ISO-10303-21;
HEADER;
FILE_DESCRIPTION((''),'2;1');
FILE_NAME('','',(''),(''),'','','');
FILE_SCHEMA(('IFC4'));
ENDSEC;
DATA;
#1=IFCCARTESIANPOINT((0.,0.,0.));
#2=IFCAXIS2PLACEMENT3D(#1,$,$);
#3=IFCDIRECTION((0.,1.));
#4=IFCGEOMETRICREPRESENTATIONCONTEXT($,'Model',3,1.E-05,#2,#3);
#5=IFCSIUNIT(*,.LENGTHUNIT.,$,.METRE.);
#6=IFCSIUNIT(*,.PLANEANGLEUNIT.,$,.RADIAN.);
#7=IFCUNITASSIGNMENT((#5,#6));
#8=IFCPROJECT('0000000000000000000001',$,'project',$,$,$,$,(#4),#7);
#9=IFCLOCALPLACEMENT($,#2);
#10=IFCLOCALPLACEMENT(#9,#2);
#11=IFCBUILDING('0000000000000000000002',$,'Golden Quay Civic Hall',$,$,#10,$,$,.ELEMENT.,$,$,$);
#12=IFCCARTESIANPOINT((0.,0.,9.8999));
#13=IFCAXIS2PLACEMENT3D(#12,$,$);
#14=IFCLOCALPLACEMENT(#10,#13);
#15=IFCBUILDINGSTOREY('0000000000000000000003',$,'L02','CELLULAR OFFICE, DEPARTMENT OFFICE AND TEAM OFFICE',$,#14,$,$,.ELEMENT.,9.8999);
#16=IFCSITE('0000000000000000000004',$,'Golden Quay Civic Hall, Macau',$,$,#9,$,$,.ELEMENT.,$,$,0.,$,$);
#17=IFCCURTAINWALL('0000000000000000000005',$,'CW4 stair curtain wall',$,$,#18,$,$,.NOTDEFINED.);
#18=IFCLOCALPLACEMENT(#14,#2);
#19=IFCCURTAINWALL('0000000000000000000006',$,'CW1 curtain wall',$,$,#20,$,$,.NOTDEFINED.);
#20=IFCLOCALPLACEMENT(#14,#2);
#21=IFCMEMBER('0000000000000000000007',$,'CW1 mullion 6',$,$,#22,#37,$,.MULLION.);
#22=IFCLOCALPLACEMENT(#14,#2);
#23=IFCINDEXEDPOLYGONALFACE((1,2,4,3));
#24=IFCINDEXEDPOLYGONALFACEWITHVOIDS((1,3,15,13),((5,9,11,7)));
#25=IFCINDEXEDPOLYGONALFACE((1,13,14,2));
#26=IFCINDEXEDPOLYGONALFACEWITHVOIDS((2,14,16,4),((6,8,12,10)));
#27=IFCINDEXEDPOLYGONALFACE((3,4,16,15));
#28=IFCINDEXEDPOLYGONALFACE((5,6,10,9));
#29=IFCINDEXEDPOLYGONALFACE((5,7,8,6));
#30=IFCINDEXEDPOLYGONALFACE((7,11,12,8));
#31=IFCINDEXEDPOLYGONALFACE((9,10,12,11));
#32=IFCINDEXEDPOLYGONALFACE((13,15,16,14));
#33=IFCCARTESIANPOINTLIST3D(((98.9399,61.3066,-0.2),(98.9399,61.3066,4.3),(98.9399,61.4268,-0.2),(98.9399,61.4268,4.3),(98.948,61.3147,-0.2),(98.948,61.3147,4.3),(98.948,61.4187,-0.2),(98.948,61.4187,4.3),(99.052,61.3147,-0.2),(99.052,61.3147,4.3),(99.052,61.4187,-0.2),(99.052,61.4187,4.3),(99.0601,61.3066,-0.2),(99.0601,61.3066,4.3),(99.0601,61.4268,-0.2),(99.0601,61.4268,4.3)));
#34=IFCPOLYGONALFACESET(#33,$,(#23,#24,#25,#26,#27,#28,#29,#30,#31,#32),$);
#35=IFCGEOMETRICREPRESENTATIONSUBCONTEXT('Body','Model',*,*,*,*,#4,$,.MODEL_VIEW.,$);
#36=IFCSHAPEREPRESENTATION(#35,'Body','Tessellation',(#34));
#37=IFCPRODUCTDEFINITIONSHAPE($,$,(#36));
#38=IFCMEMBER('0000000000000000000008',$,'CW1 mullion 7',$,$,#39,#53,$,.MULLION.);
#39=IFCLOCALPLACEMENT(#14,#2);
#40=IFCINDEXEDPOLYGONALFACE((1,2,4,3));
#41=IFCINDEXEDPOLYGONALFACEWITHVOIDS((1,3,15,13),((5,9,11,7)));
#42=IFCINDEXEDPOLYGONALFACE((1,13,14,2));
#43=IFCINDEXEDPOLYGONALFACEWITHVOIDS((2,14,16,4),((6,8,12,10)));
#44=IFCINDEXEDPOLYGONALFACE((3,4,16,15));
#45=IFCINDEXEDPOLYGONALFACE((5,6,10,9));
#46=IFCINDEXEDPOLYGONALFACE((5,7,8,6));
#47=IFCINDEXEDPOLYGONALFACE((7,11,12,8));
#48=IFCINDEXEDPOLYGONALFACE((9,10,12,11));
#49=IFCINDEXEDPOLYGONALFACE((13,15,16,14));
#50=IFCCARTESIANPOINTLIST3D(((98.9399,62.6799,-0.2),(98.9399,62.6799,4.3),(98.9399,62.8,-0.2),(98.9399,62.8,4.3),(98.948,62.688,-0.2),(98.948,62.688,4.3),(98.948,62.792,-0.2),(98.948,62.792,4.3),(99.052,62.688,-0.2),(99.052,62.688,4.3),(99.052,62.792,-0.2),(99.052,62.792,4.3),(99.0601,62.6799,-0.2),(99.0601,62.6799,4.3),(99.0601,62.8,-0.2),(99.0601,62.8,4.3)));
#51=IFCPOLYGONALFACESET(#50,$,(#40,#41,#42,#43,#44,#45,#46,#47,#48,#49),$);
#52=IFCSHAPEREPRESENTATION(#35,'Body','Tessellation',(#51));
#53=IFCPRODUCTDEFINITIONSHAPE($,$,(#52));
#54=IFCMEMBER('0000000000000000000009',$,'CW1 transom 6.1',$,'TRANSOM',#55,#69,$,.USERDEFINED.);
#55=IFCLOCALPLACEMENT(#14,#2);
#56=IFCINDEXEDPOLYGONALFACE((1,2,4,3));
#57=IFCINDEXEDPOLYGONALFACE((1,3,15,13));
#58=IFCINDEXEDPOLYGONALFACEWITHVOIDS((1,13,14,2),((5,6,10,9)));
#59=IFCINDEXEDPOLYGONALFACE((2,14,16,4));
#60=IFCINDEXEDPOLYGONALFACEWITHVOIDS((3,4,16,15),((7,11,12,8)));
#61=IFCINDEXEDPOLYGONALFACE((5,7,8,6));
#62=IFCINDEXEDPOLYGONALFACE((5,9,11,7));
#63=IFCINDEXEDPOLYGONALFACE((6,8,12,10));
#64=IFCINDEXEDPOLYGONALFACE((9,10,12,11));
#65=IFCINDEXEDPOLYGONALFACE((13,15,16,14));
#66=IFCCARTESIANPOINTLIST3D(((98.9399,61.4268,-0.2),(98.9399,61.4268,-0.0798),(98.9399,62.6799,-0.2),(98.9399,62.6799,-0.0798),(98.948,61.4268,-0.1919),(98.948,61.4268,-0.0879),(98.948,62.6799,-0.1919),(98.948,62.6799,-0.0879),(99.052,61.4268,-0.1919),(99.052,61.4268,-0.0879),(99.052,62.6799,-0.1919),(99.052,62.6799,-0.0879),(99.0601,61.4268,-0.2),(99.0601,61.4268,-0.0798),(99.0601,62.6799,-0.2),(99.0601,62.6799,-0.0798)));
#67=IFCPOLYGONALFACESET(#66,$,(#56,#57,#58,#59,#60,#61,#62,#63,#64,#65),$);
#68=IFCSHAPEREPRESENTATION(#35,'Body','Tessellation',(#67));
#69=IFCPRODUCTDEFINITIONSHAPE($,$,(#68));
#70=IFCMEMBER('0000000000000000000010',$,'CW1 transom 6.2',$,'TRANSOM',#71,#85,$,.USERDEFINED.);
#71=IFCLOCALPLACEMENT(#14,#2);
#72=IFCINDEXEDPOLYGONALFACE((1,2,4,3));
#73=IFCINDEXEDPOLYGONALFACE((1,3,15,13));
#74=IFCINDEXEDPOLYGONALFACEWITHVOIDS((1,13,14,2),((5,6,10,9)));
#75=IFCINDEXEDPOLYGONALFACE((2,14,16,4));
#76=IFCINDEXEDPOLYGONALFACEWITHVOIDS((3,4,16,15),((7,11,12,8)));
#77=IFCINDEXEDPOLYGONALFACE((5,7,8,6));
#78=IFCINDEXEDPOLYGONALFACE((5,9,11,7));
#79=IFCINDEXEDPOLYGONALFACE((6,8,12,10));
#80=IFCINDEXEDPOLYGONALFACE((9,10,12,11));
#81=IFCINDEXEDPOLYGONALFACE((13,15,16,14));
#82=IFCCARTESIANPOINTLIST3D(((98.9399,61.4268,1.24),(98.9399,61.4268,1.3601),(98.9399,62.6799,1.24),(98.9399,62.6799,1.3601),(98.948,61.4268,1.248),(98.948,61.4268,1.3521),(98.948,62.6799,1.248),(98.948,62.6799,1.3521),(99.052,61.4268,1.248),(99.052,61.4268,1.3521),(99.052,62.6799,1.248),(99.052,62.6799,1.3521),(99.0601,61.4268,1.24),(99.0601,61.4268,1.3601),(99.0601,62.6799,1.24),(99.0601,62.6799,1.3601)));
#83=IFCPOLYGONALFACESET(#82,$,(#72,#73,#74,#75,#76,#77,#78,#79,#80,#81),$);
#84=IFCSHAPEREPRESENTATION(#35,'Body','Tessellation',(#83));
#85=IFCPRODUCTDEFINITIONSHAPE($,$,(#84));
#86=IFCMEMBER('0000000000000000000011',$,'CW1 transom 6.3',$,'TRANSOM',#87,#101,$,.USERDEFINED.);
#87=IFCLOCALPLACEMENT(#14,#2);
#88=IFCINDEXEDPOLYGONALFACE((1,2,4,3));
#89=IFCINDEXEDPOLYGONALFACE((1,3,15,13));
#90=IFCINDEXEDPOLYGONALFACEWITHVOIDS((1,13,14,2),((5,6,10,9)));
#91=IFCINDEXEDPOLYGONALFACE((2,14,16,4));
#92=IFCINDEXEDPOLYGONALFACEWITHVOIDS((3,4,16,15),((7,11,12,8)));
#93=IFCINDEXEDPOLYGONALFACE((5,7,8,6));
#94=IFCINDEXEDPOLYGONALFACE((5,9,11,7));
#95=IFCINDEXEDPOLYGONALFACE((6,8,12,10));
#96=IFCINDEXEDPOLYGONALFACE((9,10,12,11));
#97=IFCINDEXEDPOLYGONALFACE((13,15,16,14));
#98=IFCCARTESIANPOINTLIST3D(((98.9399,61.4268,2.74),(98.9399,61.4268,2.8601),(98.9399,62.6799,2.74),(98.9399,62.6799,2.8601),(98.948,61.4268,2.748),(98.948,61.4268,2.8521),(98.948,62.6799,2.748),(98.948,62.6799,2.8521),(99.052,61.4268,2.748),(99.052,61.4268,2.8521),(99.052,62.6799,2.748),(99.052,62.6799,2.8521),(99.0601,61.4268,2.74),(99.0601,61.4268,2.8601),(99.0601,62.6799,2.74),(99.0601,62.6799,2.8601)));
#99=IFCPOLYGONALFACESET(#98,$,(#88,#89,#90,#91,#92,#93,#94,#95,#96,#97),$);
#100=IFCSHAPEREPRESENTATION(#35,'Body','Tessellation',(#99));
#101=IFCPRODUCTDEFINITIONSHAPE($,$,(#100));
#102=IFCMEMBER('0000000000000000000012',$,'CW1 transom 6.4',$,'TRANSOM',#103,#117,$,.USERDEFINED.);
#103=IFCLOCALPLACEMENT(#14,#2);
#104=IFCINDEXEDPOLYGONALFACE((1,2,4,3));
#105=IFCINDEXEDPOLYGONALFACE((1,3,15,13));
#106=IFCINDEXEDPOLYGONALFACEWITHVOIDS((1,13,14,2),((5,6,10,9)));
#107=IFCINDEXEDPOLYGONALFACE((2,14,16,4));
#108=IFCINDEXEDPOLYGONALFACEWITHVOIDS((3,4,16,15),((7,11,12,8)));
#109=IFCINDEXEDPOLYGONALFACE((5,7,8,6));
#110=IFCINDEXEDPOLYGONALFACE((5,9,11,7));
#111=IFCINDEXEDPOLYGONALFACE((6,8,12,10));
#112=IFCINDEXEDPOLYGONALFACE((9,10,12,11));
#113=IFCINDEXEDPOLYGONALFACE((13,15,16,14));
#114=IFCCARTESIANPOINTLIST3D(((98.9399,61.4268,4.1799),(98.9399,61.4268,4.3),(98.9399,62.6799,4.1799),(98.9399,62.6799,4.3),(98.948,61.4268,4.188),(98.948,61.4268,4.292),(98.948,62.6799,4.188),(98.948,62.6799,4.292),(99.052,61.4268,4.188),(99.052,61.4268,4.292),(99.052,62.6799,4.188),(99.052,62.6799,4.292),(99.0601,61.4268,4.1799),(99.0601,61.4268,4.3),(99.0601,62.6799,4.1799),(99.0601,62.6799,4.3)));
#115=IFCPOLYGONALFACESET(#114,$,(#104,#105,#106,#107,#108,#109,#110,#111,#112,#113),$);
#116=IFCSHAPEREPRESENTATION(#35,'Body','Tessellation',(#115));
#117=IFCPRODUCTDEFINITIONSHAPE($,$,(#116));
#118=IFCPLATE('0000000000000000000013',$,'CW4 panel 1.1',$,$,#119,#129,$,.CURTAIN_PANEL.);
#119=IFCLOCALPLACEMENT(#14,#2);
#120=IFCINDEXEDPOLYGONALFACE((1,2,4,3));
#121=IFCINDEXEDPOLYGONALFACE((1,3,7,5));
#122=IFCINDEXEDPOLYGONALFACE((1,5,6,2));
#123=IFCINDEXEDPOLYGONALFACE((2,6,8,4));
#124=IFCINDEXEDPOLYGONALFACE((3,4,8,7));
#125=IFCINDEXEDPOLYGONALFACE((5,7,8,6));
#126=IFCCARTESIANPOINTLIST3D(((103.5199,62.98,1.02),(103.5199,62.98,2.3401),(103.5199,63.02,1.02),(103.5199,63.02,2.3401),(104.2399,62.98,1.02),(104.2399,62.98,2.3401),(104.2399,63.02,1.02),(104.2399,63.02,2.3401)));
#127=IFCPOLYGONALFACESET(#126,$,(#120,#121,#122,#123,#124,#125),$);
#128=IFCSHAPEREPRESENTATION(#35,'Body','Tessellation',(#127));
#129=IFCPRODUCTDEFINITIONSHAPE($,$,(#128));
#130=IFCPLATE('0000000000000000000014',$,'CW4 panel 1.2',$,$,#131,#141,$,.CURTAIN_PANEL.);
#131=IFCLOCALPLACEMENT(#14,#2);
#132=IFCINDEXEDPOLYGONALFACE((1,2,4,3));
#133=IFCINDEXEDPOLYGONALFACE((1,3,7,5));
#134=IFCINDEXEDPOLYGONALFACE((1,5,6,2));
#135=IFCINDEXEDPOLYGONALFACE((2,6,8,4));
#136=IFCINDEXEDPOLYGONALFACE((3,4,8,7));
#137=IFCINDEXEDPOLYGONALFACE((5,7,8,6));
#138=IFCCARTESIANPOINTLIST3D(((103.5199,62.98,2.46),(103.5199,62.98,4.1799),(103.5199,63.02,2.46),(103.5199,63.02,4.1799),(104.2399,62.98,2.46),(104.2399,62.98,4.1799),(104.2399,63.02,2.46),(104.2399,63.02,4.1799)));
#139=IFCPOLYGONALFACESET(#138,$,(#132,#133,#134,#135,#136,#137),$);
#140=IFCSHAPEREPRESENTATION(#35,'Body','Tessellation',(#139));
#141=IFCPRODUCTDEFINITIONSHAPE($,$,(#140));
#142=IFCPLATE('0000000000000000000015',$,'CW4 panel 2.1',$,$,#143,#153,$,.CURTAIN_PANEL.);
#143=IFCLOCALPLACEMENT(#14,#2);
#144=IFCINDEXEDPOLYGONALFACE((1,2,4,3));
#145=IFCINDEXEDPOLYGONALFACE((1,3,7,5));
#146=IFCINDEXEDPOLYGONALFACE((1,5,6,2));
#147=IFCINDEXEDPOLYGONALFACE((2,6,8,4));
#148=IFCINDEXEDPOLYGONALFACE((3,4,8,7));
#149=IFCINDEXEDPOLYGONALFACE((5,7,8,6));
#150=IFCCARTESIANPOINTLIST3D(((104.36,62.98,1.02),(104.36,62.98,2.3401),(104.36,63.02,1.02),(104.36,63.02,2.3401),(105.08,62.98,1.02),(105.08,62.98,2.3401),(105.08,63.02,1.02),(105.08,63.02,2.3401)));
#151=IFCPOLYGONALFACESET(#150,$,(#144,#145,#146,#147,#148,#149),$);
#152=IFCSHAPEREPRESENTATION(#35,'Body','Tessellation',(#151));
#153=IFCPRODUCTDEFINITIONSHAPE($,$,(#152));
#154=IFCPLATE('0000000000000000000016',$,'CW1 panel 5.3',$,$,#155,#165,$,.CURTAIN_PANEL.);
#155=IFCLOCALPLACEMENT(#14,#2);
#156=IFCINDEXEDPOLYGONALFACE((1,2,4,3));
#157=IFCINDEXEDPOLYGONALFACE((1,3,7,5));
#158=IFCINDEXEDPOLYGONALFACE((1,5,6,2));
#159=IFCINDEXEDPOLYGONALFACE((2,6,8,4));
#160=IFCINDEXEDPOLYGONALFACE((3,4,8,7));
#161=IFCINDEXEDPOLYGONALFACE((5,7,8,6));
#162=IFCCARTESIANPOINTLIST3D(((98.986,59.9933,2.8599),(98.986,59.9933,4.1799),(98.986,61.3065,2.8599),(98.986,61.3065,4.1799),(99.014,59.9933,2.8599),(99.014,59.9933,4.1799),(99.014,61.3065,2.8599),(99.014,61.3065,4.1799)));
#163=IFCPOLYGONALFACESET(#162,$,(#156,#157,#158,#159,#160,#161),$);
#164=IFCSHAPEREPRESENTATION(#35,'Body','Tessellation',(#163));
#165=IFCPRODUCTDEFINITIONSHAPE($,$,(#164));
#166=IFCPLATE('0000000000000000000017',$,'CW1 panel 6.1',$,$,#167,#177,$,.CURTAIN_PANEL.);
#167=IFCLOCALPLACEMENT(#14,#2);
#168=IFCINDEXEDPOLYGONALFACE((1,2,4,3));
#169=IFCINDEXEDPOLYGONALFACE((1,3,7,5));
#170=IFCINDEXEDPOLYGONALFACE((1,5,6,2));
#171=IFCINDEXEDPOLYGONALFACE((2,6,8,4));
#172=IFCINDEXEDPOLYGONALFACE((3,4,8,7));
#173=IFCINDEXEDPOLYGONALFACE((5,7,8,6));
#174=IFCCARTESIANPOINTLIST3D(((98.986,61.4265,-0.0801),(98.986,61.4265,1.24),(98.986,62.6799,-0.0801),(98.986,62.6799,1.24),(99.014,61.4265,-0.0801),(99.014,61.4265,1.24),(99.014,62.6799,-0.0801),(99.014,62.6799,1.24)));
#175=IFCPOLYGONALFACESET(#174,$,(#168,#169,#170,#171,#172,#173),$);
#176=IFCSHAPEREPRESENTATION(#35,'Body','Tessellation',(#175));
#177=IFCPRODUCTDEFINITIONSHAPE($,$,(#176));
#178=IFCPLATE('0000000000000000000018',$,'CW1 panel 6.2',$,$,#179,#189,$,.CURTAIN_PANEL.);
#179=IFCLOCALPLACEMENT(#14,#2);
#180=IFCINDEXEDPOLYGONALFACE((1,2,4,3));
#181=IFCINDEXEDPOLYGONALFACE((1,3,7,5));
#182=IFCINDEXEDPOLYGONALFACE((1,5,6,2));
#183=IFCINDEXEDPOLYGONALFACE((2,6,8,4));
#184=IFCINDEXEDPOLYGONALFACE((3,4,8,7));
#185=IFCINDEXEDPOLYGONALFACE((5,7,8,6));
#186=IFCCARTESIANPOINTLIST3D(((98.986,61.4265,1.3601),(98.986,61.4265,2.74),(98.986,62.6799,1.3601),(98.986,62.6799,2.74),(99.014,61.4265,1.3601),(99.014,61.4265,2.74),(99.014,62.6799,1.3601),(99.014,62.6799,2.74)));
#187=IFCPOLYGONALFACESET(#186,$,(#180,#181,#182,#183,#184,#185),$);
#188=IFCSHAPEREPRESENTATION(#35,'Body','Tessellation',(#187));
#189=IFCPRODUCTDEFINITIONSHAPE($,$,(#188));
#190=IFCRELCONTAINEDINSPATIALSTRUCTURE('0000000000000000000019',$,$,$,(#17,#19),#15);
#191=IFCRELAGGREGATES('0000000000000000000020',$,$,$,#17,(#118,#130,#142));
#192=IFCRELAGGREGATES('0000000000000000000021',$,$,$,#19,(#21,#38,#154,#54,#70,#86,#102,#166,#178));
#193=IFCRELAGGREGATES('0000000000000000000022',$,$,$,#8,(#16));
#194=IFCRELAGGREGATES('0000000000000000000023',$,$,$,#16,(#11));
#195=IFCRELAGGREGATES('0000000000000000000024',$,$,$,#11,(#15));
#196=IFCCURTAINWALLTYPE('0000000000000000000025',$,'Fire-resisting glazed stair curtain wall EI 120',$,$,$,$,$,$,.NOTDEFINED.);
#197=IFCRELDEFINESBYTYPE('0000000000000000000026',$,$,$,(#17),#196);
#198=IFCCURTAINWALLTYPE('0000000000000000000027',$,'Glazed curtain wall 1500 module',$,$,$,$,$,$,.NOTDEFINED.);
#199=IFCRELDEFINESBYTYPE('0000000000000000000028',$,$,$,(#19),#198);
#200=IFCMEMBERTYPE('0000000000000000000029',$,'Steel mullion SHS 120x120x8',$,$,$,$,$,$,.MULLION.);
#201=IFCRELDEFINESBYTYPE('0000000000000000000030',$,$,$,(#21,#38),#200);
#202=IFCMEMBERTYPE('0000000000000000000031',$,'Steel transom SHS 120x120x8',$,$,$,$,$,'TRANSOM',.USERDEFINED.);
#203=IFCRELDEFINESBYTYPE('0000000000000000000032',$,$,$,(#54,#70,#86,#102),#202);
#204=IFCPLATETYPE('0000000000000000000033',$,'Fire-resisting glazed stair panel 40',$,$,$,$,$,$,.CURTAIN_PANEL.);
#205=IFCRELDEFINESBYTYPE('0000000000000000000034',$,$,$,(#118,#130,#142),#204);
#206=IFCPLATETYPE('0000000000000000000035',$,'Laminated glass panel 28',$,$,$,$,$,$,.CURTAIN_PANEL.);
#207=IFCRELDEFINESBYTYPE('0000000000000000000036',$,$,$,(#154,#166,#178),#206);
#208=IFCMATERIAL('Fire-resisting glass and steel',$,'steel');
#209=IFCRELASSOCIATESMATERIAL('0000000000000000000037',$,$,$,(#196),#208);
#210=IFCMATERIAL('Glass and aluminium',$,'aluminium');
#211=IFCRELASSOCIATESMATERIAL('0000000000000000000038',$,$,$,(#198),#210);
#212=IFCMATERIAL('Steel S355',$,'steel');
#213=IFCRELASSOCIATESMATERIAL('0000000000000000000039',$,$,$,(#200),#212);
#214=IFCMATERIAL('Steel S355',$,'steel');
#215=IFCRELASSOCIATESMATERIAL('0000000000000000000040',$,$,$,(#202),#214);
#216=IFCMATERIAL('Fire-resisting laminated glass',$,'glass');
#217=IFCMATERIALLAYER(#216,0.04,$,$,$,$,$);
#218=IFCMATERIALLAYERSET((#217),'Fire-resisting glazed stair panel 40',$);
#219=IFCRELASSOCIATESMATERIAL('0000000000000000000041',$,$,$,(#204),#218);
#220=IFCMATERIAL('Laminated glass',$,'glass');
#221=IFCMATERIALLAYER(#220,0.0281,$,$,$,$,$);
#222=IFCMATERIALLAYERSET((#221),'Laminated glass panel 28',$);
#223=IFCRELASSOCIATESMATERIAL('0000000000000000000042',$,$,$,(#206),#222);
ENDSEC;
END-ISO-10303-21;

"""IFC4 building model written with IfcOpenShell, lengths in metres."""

from ifc_helpers import new_model, si_unit, direction, frame, origin, origin_2d, place, context, subcontext, project, spatial, rectangle, hollow_rectangle, extrude, material, layer, layer_set, material_profile, profile_set, type_object, element, aggregate, save


model = new_model("IFC4")

# Units and contexts
model_context = context("Model", 3, precision=1e-05, world=origin(), true_north=direction((0.0, 1.0)))
body_context = subcontext(model_context, "Body", "Model", "MODEL_VIEW")
ifc_project = project(units=[si_unit("LENGTHUNIT", "METRE"), si_unit("PLANEANGLEUNIT", "RADIAN")], contexts=[model_context])

# Site, building, storey
site_placement = place(None, origin())
site = spatial("IfcSite", under=ifc_project, at=site_placement, Name="Golden Quay Civic Hall, Macau", CompositionType="ELEMENT", RefElevation=0.0)
building_placement = place(site_placement, origin())
building = spatial("IfcBuilding", under=site, at=building_placement, Name="Golden Quay Civic Hall", CompositionType="ELEMENT")
storey_placement = place(building_placement, frame((0.0, 0.0, 9.8999)))
storey = spatial("IfcBuildingStorey", under=building, at=storey_placement, Name="L02", Description="CELLULAR OFFICE, DEPARTMENT OFFICE AND TEAM OFFICE", CompositionType="ELEMENT", Elevation=9.8999)

# Curtain walls, members
ifc_material_1 = material(Name="Fire-resisting glass and steel", Category="steel")
curtain_wall_type_1 = type_object("IfcCurtainWallType", Name="Fire-resisting glazed stair curtain wall EI 120", PredefinedType="NOTDEFINED", material=ifc_material_1)
curtain_wall_1_placement = place(storey_placement, origin())
curtain_wall_1 = element("IfcCurtainWall", 1, at=curtain_wall_1_placement, inside=storey, type_object=curtain_wall_type_1, Name="CW4 stair curtain wall", PredefinedType="NOTDEFINED")
ifc_material_2 = material(Name="Glass and aluminium", Category="aluminium")
curtain_wall_type_2 = type_object("IfcCurtainWallType", Name="Glazed curtain wall 1500 module", PredefinedType="NOTDEFINED", material=ifc_material_2)
curtain_wall_2_placement = place(storey_placement, origin())
curtain_wall_2 = element("IfcCurtainWall", 2, at=curtain_wall_2_placement, inside=storey, type_object=curtain_wall_type_2, Name="CW1 curtain wall", PredefinedType="NOTDEFINED")
ifc_material_3 = material(Name="Steel S355", Category="steel")
ifc_material_profile_1 = material_profile(ifc_material_3, hollow_rectangle(XDim=0.1201, YDim=0.1201, WallThickness=0.0081, at=origin_2d()), Name="SHS 120x120x8")
ifc_profile_set_1 = profile_set([ifc_material_profile_1], Name="Steel S355")
member_type_1 = type_object("IfcMemberType", Name="Steel mullion SHS 120x120x8", PredefinedType="MULLION", material=ifc_profile_set_1)
member_1_placement = place(storey_placement, frame((99.0, 61.3667, -0.2), z_axis=(0.0, 0.0, 1.0), x_axis=(-1.0, 0.0, 0.0)))
member_1 = element("IfcMember", 3, at=member_1_placement, type_object=member_type_1, Name="CW1 mullion 6", PredefinedType="MULLION", context=body_context, shape_type="SweptSolid", body=[
    extrude(hollow_rectangle(XDim=0.1201, YDim=0.1201, WallThickness=0.0081, at=origin_2d()), origin(), (0.0, 0.0, 1.0), 4.5),
])
member_2_placement = place(storey_placement, frame((99.0, 62.74, -0.2), z_axis=(0.0, 0.0, 1.0), x_axis=(-1.0, 0.0, 0.0)))
member_2 = element("IfcMember", 4, at=member_2_placement, type_object=member_type_1, Name="CW1 mullion 7", PredefinedType="MULLION", context=body_context, shape_type="SweptSolid", body=[
    extrude(hollow_rectangle(XDim=0.1201, YDim=0.1201, WallThickness=0.0081, at=origin_2d()), origin(), (0.0, 0.0, 1.0), 4.5),
])
ifc_material_4 = material(Name="Steel S355", Category="steel")
ifc_material_profile_2 = material_profile(ifc_material_4, hollow_rectangle(XDim=0.1201, YDim=0.1201, WallThickness=0.0081, at=origin_2d()), Name="SHS 120x120x8")
ifc_profile_set_2 = profile_set([ifc_material_profile_2], Name="Steel S355")
member_type_2 = type_object("IfcMemberType", Name="Steel transom SHS 120x120x8", ElementType="TRANSOM", PredefinedType="USERDEFINED", material=ifc_profile_set_2)
member_3_placement = place(storey_placement, frame((99.0, 61.4268, -0.1399), z_axis=(0.0, 1.0, 0.0), x_axis=(-1.0, 0.0, 0.0)))
member_3 = element("IfcMember", 5, at=member_3_placement, type_object=member_type_2, Name="CW1 transom 6.1", ObjectType="TRANSOM", PredefinedType="USERDEFINED", context=body_context, shape_type="SweptSolid", body=[
    extrude(hollow_rectangle(XDim=0.1201, YDim=0.1201, WallThickness=0.0081, at=origin_2d()), origin(), (0.0, 0.0, 1.0), 1.2532),
])
member_4_placement = place(storey_placement, frame((99.0, 61.4268, 1.3), z_axis=(0.0, 1.0, 0.0), x_axis=(-1.0, 0.0, 0.0)))
member_4 = element("IfcMember", 6, at=member_4_placement, type_object=member_type_2, Name="CW1 transom 6.2", ObjectType="TRANSOM", PredefinedType="USERDEFINED", context=body_context, shape_type="SweptSolid", body=[
    extrude(hollow_rectangle(XDim=0.1201, YDim=0.1201, WallThickness=0.0081, at=origin_2d()), origin(), (0.0, 0.0, 1.0), 1.2532),
])
member_5_placement = place(storey_placement, frame((99.0, 61.4268, 2.8), z_axis=(0.0, 1.0, 0.0), x_axis=(-1.0, 0.0, 0.0)))
member_5 = element("IfcMember", 7, at=member_5_placement, type_object=member_type_2, Name="CW1 transom 6.3", ObjectType="TRANSOM", PredefinedType="USERDEFINED", context=body_context, shape_type="SweptSolid", body=[
    extrude(hollow_rectangle(XDim=0.1201, YDim=0.1201, WallThickness=0.0081, at=origin_2d()), origin(), (0.0, 0.0, 1.0), 1.2532),
])
member_6_placement = place(storey_placement, frame((99.0, 61.4268, 4.24), z_axis=(0.0, 1.0, 0.0), x_axis=(-1.0, 0.0, 0.0)))
member_6 = element("IfcMember", 8, at=member_6_placement, type_object=member_type_2, Name="CW1 transom 6.4", ObjectType="TRANSOM", PredefinedType="USERDEFINED", context=body_context, shape_type="SweptSolid", body=[
    extrude(hollow_rectangle(XDim=0.1201, YDim=0.1201, WallThickness=0.0081, at=origin_2d()), origin(), (0.0, 0.0, 1.0), 1.2532),
])

# Plates
ifc_material_5 = material(Name="Fire-resisting laminated glass", Category="glass")
ifc_layer_1 = layer(ifc_material_5, 0.04)
ifc_layer_set_1 = layer_set([ifc_layer_1], Name="Fire-resisting glazed stair panel 40")
plate_type_1 = type_object("IfcPlateType", Name="Fire-resisting glazed stair panel 40", PredefinedType="CURTAIN_PANEL", material=ifc_layer_set_1)
plate_1_placement = place(storey_placement, frame((103.8799, 63.0, 1.02), z_axis=(0.0, 0.0, 1.0), x_axis=(1.0, 0.0, 0.0)))
plate_1 = element("IfcPlate", 9, at=plate_1_placement, type_object=plate_type_1, Name="CW4 panel 1.1", PredefinedType="CURTAIN_PANEL", context=body_context, shape_type="SweptSolid", body=[
    extrude(rectangle(XDim=0.72, YDim=0.04, at=origin_2d()), origin(), (0.0, 0.0, 1.0), 1.3201),
])
plate_2_placement = place(storey_placement, frame((103.8799, 63.0, 2.46), z_axis=(0.0, 0.0, 1.0), x_axis=(1.0, 0.0, 0.0)))
plate_2 = element("IfcPlate", 10, at=plate_2_placement, type_object=plate_type_1, Name="CW4 panel 1.2", PredefinedType="CURTAIN_PANEL", context=body_context, shape_type="SweptSolid", body=[
    extrude(rectangle(XDim=0.72, YDim=0.04, at=origin_2d()), origin(), (0.0, 0.0, 1.0), 1.72),
])
plate_3_placement = place(storey_placement, frame((104.72, 63.0, 1.02), z_axis=(0.0, 0.0, 1.0), x_axis=(1.0, 0.0, 0.0)))
plate_3 = element("IfcPlate", 11, at=plate_3_placement, type_object=plate_type_1, Name="CW4 panel 2.1", PredefinedType="CURTAIN_PANEL", context=body_context, shape_type="SweptSolid", body=[
    extrude(rectangle(XDim=0.72, YDim=0.04, at=origin_2d()), origin(), (0.0, 0.0, 1.0), 1.3201),
])
aggregate(curtain_wall_1, [plate_1, plate_2, plate_3])
ifc_material_6 = material(Name="Laminated glass", Category="glass")
ifc_layer_2 = layer(ifc_material_6, 0.0281)
ifc_layer_set_2 = layer_set([ifc_layer_2], Name="Laminated glass panel 28")
plate_type_2 = type_object("IfcPlateType", Name="Laminated glass panel 28", PredefinedType="CURTAIN_PANEL", material=ifc_layer_set_2)
plate_4_placement = place(storey_placement, frame((99.0, 60.6499, 2.8599), z_axis=(0.0, 0.0, 1.0), x_axis=(0.0, 1.0, 0.0)))
plate_4 = element("IfcPlate", 12, at=plate_4_placement, type_object=plate_type_2, Name="CW1 panel 5.3", PredefinedType="CURTAIN_PANEL", context=body_context, shape_type="SweptSolid", body=[
    extrude(rectangle(XDim=1.3132, YDim=0.0281, at=origin_2d()), origin(), (0.0, 0.0, 1.0), 1.3201),
])
plate_5_placement = place(storey_placement, frame((99.0, 62.0532, -0.0801), z_axis=(0.0, 0.0, 1.0), x_axis=(0.0, 1.0, 0.0)))
plate_5 = element("IfcPlate", 13, at=plate_5_placement, type_object=plate_type_2, Name="CW1 panel 6.1", PredefinedType="CURTAIN_PANEL", context=body_context, shape_type="SweptSolid", body=[
    extrude(rectangle(XDim=1.2534, YDim=0.0281, at=origin_2d()), origin(), (0.0, 0.0, 1.0), 1.3201),
])
plate_6_placement = place(storey_placement, frame((99.0, 62.0532, 1.3601), z_axis=(0.0, 0.0, 1.0), x_axis=(0.0, 1.0, 0.0)))
plate_6 = element("IfcPlate", 14, at=plate_6_placement, type_object=plate_type_2, Name="CW1 panel 6.2", PredefinedType="CURTAIN_PANEL", context=body_context, shape_type="SweptSolid", body=[
    extrude(rectangle(XDim=1.2534, YDim=0.0281, at=origin_2d()), origin(), (0.0, 0.0, 1.0), 1.3799),
])
aggregate(curtain_wall_2, [member_1, member_2, plate_4, member_3, member_4, member_5, member_6, plate_5, plate_6])

save(model, "model.ifc")
